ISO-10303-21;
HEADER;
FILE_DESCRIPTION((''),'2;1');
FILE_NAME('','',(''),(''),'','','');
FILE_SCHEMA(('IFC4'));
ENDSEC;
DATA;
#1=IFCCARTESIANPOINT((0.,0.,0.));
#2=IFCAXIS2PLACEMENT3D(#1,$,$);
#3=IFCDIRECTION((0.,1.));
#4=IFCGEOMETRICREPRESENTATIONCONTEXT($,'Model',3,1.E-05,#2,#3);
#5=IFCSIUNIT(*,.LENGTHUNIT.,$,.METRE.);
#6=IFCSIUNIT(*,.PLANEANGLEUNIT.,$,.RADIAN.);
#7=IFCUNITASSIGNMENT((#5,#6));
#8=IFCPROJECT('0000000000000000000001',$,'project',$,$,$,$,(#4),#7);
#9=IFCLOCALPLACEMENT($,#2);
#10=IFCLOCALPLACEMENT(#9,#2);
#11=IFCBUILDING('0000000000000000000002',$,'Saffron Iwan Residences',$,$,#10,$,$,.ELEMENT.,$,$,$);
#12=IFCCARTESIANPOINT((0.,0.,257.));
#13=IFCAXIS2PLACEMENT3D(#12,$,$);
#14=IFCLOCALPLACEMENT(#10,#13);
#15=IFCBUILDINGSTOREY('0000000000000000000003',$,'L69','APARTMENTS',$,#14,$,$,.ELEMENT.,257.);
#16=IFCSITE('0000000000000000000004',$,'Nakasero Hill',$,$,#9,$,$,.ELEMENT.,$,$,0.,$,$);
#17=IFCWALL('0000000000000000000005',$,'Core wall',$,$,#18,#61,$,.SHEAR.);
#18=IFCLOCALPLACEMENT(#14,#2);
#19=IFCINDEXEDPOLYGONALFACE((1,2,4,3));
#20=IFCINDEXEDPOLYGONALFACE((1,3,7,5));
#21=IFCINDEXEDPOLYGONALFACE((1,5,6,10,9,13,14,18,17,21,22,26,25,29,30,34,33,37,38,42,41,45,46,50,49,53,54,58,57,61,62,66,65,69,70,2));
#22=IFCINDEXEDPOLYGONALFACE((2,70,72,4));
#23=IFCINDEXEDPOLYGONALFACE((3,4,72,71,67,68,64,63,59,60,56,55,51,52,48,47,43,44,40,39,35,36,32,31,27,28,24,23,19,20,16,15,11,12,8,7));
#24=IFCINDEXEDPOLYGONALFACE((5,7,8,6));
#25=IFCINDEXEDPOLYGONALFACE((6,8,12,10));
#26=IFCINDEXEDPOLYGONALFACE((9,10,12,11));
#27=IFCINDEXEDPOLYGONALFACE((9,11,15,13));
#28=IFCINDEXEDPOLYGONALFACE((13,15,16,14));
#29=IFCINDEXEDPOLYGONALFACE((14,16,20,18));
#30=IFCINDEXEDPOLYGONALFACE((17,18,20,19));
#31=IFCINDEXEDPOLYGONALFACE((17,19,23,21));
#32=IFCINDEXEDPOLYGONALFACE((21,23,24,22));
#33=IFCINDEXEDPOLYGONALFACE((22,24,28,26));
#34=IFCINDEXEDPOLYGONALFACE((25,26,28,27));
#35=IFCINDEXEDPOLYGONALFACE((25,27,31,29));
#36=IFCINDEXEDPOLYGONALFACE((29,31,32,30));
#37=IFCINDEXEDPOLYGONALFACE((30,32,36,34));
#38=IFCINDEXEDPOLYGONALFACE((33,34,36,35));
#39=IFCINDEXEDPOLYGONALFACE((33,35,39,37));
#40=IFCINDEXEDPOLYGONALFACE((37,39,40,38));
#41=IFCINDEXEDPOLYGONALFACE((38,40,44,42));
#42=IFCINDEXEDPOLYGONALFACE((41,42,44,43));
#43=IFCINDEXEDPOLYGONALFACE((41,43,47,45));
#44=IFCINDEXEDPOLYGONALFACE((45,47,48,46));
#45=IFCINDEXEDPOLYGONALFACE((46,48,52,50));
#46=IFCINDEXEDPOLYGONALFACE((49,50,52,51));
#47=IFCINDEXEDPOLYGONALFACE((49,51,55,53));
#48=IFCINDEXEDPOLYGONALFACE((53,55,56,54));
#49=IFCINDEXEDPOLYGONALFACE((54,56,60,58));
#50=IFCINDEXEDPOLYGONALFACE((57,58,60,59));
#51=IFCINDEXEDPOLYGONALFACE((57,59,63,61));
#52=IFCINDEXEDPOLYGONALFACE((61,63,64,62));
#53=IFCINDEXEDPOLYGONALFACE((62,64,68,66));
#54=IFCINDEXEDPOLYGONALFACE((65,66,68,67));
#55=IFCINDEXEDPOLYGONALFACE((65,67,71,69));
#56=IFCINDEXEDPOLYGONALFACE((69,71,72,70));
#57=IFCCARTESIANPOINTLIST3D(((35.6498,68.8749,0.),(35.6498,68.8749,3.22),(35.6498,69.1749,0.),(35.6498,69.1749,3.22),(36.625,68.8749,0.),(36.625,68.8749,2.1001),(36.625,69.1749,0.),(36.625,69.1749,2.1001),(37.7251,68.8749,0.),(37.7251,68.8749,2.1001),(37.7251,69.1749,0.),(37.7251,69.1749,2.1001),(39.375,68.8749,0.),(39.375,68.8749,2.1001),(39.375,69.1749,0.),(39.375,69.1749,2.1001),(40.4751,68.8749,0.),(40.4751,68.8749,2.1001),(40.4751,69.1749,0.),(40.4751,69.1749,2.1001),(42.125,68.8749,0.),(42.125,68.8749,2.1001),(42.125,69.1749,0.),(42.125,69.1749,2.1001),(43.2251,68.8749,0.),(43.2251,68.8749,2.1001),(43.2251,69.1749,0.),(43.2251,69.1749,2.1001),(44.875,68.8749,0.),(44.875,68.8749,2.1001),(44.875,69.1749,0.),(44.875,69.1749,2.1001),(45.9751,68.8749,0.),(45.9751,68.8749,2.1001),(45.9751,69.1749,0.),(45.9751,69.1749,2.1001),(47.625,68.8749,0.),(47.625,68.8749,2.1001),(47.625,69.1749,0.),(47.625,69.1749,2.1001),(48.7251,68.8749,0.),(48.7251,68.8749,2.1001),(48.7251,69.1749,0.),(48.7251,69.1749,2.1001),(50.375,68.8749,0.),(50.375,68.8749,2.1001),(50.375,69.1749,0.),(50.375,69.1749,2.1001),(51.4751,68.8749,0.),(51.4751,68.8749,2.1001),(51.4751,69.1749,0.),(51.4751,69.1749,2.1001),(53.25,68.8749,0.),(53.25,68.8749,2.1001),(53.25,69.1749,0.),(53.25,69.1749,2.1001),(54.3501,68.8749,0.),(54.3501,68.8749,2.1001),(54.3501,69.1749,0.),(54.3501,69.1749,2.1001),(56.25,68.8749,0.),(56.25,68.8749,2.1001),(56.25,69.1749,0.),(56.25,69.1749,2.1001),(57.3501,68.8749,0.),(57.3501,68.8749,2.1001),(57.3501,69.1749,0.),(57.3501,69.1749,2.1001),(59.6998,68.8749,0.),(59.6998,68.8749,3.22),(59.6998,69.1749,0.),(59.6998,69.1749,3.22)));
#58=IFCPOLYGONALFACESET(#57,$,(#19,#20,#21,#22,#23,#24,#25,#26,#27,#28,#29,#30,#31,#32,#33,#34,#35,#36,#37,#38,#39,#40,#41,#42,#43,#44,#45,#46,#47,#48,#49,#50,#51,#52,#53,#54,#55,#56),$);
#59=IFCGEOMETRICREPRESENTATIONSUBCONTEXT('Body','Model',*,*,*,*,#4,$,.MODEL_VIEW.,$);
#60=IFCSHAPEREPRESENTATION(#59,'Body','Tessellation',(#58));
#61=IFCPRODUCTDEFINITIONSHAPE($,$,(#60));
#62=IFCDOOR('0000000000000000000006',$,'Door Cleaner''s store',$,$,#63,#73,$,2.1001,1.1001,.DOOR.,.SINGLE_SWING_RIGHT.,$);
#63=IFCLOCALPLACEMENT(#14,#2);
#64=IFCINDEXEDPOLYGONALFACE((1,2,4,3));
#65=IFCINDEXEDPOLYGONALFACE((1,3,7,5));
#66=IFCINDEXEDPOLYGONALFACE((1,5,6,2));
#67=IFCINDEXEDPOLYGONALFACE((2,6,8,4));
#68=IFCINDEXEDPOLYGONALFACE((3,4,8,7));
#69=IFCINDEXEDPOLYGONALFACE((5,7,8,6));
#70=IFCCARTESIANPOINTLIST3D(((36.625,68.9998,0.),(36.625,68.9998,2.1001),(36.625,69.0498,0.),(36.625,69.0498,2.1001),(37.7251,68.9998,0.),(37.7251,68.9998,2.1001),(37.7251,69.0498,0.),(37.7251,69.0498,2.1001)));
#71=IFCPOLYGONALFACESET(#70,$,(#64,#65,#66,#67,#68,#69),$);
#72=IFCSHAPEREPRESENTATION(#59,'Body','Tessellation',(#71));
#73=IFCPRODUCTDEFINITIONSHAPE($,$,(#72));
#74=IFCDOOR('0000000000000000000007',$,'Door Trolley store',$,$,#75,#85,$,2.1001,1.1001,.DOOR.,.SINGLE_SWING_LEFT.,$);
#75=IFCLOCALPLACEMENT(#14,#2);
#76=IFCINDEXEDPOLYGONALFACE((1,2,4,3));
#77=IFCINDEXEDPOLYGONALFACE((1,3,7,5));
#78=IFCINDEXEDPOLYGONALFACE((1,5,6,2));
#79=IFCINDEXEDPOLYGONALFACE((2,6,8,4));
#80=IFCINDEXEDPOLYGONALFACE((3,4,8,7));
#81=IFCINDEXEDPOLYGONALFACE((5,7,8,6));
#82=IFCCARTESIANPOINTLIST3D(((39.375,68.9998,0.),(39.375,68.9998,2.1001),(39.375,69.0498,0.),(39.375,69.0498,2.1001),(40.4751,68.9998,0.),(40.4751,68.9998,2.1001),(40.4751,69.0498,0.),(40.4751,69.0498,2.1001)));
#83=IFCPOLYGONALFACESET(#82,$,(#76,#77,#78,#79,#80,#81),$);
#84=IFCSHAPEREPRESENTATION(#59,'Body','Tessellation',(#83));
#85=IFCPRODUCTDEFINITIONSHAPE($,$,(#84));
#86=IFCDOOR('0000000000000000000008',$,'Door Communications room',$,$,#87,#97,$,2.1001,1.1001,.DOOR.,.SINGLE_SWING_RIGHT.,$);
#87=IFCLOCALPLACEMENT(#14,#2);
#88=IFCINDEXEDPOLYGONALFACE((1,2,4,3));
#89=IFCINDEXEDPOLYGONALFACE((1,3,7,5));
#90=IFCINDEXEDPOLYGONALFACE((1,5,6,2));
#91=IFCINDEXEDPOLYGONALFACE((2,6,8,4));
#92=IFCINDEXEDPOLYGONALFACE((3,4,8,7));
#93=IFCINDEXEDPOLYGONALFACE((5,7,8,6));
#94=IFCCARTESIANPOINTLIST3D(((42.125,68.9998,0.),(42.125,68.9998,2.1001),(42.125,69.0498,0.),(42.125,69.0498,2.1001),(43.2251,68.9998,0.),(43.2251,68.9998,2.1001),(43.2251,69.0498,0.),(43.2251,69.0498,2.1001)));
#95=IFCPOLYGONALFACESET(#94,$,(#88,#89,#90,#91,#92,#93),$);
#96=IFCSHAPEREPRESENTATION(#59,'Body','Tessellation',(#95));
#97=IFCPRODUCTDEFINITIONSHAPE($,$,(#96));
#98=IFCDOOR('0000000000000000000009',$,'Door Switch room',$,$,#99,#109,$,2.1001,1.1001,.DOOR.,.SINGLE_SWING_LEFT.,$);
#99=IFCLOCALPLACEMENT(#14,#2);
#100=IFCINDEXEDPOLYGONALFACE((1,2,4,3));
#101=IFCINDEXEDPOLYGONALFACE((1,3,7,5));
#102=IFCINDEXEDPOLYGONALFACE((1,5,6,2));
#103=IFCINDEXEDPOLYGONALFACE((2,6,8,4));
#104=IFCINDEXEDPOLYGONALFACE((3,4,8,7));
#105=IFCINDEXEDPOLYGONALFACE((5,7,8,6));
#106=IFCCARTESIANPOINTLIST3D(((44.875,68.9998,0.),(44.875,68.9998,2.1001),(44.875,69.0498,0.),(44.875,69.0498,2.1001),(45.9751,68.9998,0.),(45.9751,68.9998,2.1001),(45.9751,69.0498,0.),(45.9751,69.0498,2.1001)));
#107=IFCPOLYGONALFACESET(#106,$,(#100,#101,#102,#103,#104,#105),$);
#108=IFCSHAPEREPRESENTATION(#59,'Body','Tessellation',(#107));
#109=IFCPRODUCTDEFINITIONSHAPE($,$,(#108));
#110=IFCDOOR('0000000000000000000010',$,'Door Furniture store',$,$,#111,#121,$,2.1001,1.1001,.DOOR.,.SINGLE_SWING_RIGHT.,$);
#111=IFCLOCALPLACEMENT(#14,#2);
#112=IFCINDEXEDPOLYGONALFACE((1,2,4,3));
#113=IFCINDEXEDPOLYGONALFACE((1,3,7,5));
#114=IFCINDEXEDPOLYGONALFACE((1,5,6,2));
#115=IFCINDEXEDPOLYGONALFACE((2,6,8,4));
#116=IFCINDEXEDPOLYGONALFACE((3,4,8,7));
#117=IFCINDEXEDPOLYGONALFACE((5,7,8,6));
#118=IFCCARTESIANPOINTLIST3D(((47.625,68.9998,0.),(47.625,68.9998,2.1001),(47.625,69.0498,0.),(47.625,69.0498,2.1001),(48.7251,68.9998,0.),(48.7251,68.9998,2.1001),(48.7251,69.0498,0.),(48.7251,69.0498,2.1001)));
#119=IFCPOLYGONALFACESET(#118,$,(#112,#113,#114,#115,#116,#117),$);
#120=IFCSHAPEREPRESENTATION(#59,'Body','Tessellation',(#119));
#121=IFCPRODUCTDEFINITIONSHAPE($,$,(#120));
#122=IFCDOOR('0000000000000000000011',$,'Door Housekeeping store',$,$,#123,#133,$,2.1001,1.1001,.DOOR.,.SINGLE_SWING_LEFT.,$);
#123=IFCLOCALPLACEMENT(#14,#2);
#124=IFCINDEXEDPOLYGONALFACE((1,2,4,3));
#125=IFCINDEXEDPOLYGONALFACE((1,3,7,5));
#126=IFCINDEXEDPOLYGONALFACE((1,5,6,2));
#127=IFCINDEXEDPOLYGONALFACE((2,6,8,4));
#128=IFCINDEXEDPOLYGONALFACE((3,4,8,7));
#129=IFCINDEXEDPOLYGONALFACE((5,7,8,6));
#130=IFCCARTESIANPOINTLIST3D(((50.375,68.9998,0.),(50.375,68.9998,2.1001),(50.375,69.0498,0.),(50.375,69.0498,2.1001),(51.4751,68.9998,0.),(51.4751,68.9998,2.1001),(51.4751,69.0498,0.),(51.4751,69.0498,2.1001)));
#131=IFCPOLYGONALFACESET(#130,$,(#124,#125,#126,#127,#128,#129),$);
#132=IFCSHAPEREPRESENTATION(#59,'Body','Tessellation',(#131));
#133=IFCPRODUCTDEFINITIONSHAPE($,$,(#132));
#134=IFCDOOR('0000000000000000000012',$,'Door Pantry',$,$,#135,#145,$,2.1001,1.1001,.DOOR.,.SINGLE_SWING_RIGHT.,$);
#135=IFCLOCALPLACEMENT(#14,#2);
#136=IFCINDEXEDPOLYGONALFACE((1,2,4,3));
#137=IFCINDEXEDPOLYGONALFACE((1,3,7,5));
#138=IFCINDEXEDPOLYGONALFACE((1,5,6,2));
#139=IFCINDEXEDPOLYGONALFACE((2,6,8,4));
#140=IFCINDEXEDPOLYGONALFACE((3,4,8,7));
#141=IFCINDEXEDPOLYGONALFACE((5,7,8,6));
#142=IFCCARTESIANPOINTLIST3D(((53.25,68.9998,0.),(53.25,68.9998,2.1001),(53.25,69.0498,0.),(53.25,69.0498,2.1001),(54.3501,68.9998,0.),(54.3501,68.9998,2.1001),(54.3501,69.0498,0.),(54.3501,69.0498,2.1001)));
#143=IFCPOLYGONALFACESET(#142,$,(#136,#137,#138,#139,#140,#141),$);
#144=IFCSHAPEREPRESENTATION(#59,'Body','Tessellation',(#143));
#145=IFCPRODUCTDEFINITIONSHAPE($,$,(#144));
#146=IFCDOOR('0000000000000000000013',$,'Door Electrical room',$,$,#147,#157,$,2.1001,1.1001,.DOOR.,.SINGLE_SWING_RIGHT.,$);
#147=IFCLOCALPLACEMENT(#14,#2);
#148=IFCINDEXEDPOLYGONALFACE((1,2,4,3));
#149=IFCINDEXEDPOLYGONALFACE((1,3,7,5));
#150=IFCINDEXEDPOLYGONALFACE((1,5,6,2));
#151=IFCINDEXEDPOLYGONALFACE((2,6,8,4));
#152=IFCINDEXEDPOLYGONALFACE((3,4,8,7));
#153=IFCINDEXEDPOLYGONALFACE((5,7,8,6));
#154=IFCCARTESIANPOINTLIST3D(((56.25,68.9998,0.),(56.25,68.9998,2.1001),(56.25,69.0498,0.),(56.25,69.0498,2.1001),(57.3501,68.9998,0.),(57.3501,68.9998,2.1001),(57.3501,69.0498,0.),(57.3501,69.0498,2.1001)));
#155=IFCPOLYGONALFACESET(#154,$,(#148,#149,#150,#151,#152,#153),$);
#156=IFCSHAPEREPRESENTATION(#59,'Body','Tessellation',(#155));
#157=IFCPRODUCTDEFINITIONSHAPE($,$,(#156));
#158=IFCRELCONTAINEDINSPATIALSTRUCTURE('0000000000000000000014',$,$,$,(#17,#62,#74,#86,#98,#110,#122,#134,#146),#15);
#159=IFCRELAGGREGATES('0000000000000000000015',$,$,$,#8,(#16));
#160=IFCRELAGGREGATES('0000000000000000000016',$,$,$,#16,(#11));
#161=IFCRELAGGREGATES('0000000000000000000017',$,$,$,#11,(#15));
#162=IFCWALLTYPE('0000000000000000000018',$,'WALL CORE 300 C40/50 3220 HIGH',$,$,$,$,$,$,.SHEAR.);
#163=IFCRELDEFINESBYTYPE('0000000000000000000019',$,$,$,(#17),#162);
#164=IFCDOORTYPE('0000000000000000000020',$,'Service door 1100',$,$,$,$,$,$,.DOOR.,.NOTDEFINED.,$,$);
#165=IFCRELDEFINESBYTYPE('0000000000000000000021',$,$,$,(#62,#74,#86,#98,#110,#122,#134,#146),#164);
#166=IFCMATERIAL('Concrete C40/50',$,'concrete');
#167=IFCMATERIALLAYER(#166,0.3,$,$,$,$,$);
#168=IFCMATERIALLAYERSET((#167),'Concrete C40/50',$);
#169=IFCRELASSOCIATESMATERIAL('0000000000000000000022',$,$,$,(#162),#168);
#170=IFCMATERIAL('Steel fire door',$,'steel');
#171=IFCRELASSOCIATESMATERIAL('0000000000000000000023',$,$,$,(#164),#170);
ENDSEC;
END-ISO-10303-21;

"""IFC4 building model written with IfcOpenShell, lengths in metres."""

from ifc_helpers import new_model, si_unit, direction, frame, frame_2d, origin, place, context, subcontext, project, spatial, rectangle, extrude, material, layer, layer_set, type_object, element, fill, save


model = new_model("IFC4")

# Units and contexts
model_context = context("Model", 3, precision=1e-05, world=origin(), true_north=direction((0.0, 1.0)))
body_context = subcontext(model_context, "Body", "Model", "MODEL_VIEW")
ifc_project = project(units=[si_unit("LENGTHUNIT", "METRE"), si_unit("PLANEANGLEUNIT", "RADIAN")], contexts=[model_context])

# Site, building, storey
site_placement = place(None, origin())
site = spatial("IfcSite", under=ifc_project, at=site_placement, Name="Nakasero Hill", CompositionType="ELEMENT", RefElevation=0.0)
building_placement = place(site_placement, origin())
building = spatial("IfcBuilding", under=site, at=building_placement, Name="Saffron Iwan Residences", CompositionType="ELEMENT")
storey_placement = place(building_placement, frame((0.0, 0.0, 257.0)))
storey = spatial("IfcBuildingStorey", under=building, at=storey_placement, Name="L69", Description="APARTMENTS", CompositionType="ELEMENT", Elevation=257.0)

# Shared definitions
ifc_material_1 = material(Name="Steel fire door", Category="steel")

# Wall, openings, doors
ifc_material_2 = material(Name="Concrete C40/50", Category="concrete")
ifc_layer_1 = layer(ifc_material_2, 0.3)
ifc_layer_set_1 = layer_set([ifc_layer_1], Name="Concrete C40/50")
wall_type_1 = type_object("IfcWallType", Name="WALL CORE 300 C40/50 3220 HIGH", PredefinedType="SHEAR", material=ifc_layer_set_1)
wall_1_placement = place(storey_placement, frame((35.6499, 69.0249, 0.0), z_axis=(0.0, 0.0, 1.0), x_axis=(1.0, 0.0, 0.0)))
wall_1 = element("IfcWall", 1, at=wall_1_placement, inside=storey, type_object=wall_type_1, Name="Core wall", PredefinedType="SHEAR", context=body_context, shape_type="SweptSolid", body=[
    extrude(rectangle(XDim=24.05, YDim=0.3, at=frame_2d((12.0249, 0.0))), origin(), (0.0, 0.0, 1.0), 3.22),
])
opening_1_placement = place(wall_1_placement, frame((0.9751, 0.0, 0.0)))
opening_1 = element("IfcOpeningElement", 2, at=opening_1_placement, cuts=wall_1, PredefinedType="OPENING", context=body_context, shape_type="SweptSolid", body=[
    extrude(rectangle(XDim=1.1001, YDim=2.1001, at=frame_2d((0.55, 1.05))), frame((0.0, 0.1602, 0.0), z_axis=(0.0, -1.0, 0.0), x_axis=(1.0, 0.0, 0.0)), (0.0, 0.0, 1.0), 0.3201),
])
opening_2_placement = place(wall_1_placement, frame((3.7251, 0.0, 0.0)))
opening_2 = element("IfcOpeningElement", 3, at=opening_2_placement, cuts=wall_1, PredefinedType="OPENING", context=body_context, shape_type="SweptSolid", body=[
    extrude(rectangle(XDim=1.1001, YDim=2.1001, at=frame_2d((0.55, 1.05))), frame((0.0, 0.1602, 0.0), z_axis=(0.0, -1.0, 0.0), x_axis=(1.0, 0.0, 0.0)), (0.0, 0.0, 1.0), 0.3201),
])
opening_3_placement = place(wall_1_placement, frame((6.4751, 0.0, 0.0)))
opening_3 = element("IfcOpeningElement", 4, at=opening_3_placement, cuts=wall_1, PredefinedType="OPENING", context=body_context, shape_type="SweptSolid", body=[
    extrude(rectangle(XDim=1.1001, YDim=2.1001, at=frame_2d((0.55, 1.05))), frame((0.0, 0.1602, 0.0), z_axis=(0.0, -1.0, 0.0), x_axis=(1.0, 0.0, 0.0)), (0.0, 0.0, 1.0), 0.3201),
])
opening_4_placement = place(wall_1_placement, frame((9.2251, 0.0, 0.0)))
opening_4 = element("IfcOpeningElement", 5, at=opening_4_placement, cuts=wall_1, PredefinedType="OPENING", context=body_context, shape_type="SweptSolid", body=[
    extrude(rectangle(XDim=1.1001, YDim=2.1001, at=frame_2d((0.55, 1.05))), frame((0.0, 0.1602, 0.0), z_axis=(0.0, -1.0, 0.0), x_axis=(1.0, 0.0, 0.0)), (0.0, 0.0, 1.0), 0.3201),
])
opening_5_placement = place(wall_1_placement, frame((11.9751, 0.0, 0.0)))
opening_5 = element("IfcOpeningElement", 6, at=opening_5_placement, cuts=wall_1, PredefinedType="OPENING", context=body_context, shape_type="SweptSolid", body=[
    extrude(rectangle(XDim=1.1001, YDim=2.1001, at=frame_2d((0.55, 1.05))), frame((0.0, 0.1602, 0.0), z_axis=(0.0, -1.0, 0.0), x_axis=(1.0, 0.0, 0.0)), (0.0, 0.0, 1.0), 0.3201),
])
opening_6_placement = place(wall_1_placement, frame((14.7251, 0.0, 0.0)))
opening_6 = element("IfcOpeningElement", 7, at=opening_6_placement, cuts=wall_1, PredefinedType="OPENING", context=body_context, shape_type="SweptSolid", body=[
    extrude(rectangle(XDim=1.1001, YDim=2.1001, at=frame_2d((0.55, 1.05))), frame((0.0, 0.1602, 0.0), z_axis=(0.0, -1.0, 0.0), x_axis=(1.0, 0.0, 0.0)), (0.0, 0.0, 1.0), 0.3201),
])
opening_7_placement = place(wall_1_placement, frame((17.6001, 0.0, 0.0)))
opening_7 = element("IfcOpeningElement", 8, at=opening_7_placement, cuts=wall_1, PredefinedType="OPENING", context=body_context, shape_type="SweptSolid", body=[
    extrude(rectangle(XDim=1.1001, YDim=2.1001, at=frame_2d((0.55, 1.05))), frame((0.0, 0.1602, 0.0), z_axis=(0.0, -1.0, 0.0), x_axis=(1.0, 0.0, 0.0)), (0.0, 0.0, 1.0), 0.3201),
])
opening_8_placement = place(wall_1_placement, frame((20.6001, 0.0, 0.0)))
opening_8 = element("IfcOpeningElement", 9, at=opening_8_placement, cuts=wall_1, PredefinedType="OPENING", context=body_context, shape_type="SweptSolid", body=[
    extrude(rectangle(XDim=1.1001, YDim=2.1001, at=frame_2d((0.55, 1.05))), frame((0.0, 0.1602, 0.0), z_axis=(0.0, -1.0, 0.0), x_axis=(1.0, 0.0, 0.0)), (0.0, 0.0, 1.0), 0.3201),
])
door_type_1 = type_object("IfcDoorType", Name="Service door 1100", OperationType="NOTDEFINED", PredefinedType="DOOR", material=ifc_material_1)
door_1_placement = place(opening_1_placement, origin())
door_1 = element("IfcDoor", 10, at=door_1_placement, inside=storey, type_object=door_type_1, Name="Door Cleaner's store", OperationType="SINGLE_SWING_RIGHT", OverallHeight=2.1001, OverallWidth=1.1001, PredefinedType="DOOR", context=body_context, shape_type="SweptSolid", body=[
    extrude(rectangle(XDim=1.1001, YDim=2.1001, at=frame_2d((0.55, 1.05))), frame((0.0, 0.0249, 0.0), z_axis=(0.0, -1.0, 0.0), x_axis=(1.0, 0.0, 0.0)), (0.0, 0.0, 1.0), 0.05),
])
fill(opening_1, door_1)
door_2_placement = place(opening_2_placement, origin())
door_2 = element("IfcDoor", 11, at=door_2_placement, inside=storey, type_object=door_type_1, Name="Door Trolley store", OperationType="SINGLE_SWING_LEFT", OverallHeight=2.1001, OverallWidth=1.1001, PredefinedType="DOOR", context=body_context, shape_type="SweptSolid", body=[
    extrude(rectangle(XDim=1.1001, YDim=2.1001, at=frame_2d((0.55, 1.05))), frame((0.0, 0.0249, 0.0), z_axis=(0.0, -1.0, 0.0), x_axis=(1.0, 0.0, 0.0)), (0.0, 0.0, 1.0), 0.05),
])
fill(opening_2, door_2)
door_3_placement = place(opening_3_placement, origin())
door_3 = element("IfcDoor", 12, at=door_3_placement, inside=storey, type_object=door_type_1, Name="Door Communications room", OperationType="SINGLE_SWING_RIGHT", OverallHeight=2.1001, OverallWidth=1.1001, PredefinedType="DOOR", context=body_context, shape_type="SweptSolid", body=[
    extrude(rectangle(XDim=1.1001, YDim=2.1001, at=frame_2d((0.55, 1.05))), frame((0.0, 0.0249, 0.0), z_axis=(0.0, -1.0, 0.0), x_axis=(1.0, 0.0, 0.0)), (0.0, 0.0, 1.0), 0.05),
])
fill(opening_3, door_3)
door_4_placement = place(opening_4_placement, origin())
door_4 = element("IfcDoor", 13, at=door_4_placement, inside=storey, type_object=door_type_1, Name="Door Switch room", OperationType="SINGLE_SWING_LEFT", OverallHeight=2.1001, OverallWidth=1.1001, PredefinedType="DOOR", context=body_context, shape_type="SweptSolid", body=[
    extrude(rectangle(XDim=1.1001, YDim=2.1001, at=frame_2d((0.55, 1.05))), frame((0.0, 0.0249, 0.0), z_axis=(0.0, -1.0, 0.0), x_axis=(1.0, 0.0, 0.0)), (0.0, 0.0, 1.0), 0.05),
])
fill(opening_4, door_4)
door_5_placement = place(opening_5_placement, origin())
door_5 = element("IfcDoor", 14, at=door_5_placement, inside=storey, type_object=door_type_1, Name="Door Furniture store", OperationType="SINGLE_SWING_RIGHT", OverallHeight=2.1001, OverallWidth=1.1001, PredefinedType="DOOR", context=body_context, shape_type="SweptSolid", body=[
    extrude(rectangle(XDim=1.1001, YDim=2.1001, at=frame_2d((0.55, 1.05))), frame((0.0, 0.0249, 0.0), z_axis=(0.0, -1.0, 0.0), x_axis=(1.0, 0.0, 0.0)), (0.0, 0.0, 1.0), 0.05),
])
fill(opening_5, door_5)
door_6_placement = place(opening_6_placement, origin())
door_6 = element("IfcDoor", 15, at=door_6_placement, inside=storey, type_object=door_type_1, Name="Door Housekeeping store", OperationType="SINGLE_SWING_LEFT", OverallHeight=2.1001, OverallWidth=1.1001, PredefinedType="DOOR", context=body_context, shape_type="SweptSolid", body=[
    extrude(rectangle(XDim=1.1001, YDim=2.1001, at=frame_2d((0.55, 1.05))), frame((0.0, 0.0249, 0.0), z_axis=(0.0, -1.0, 0.0), x_axis=(1.0, 0.0, 0.0)), (0.0, 0.0, 1.0), 0.05),
])
fill(opening_6, door_6)
door_7_placement = place(opening_7_placement, origin())
door_7 = element("IfcDoor", 16, at=door_7_placement, inside=storey, type_object=door_type_1, Name="Door Pantry", OperationType="SINGLE_SWING_RIGHT", OverallHeight=2.1001, OverallWidth=1.1001, PredefinedType="DOOR", context=body_context, shape_type="SweptSolid", body=[
    extrude(rectangle(XDim=1.1001, YDim=2.1001, at=frame_2d((0.55, 1.05))), frame((0.0, 0.0249, 0.0), z_axis=(0.0, -1.0, 0.0), x_axis=(1.0, 0.0, 0.0)), (0.0, 0.0, 1.0), 0.05),
])
fill(opening_7, door_7)
door_8_placement = place(opening_8_placement, origin())
door_8 = element("IfcDoor", 17, at=door_8_placement, inside=storey, type_object=door_type_1, Name="Door Electrical room", OperationType="SINGLE_SWING_RIGHT", OverallHeight=2.1001, OverallWidth=1.1001, PredefinedType="DOOR", context=body_context, shape_type="SweptSolid", body=[
    extrude(rectangle(XDim=1.1001, YDim=2.1001, at=frame_2d((0.55, 1.05))), frame((0.0, 0.0249, 0.0), z_axis=(0.0, -1.0, 0.0), x_axis=(1.0, 0.0, 0.0)), (0.0, 0.0, 1.0), 0.05),
])
fill(opening_8, door_8)

save(model, "model.ifc")
